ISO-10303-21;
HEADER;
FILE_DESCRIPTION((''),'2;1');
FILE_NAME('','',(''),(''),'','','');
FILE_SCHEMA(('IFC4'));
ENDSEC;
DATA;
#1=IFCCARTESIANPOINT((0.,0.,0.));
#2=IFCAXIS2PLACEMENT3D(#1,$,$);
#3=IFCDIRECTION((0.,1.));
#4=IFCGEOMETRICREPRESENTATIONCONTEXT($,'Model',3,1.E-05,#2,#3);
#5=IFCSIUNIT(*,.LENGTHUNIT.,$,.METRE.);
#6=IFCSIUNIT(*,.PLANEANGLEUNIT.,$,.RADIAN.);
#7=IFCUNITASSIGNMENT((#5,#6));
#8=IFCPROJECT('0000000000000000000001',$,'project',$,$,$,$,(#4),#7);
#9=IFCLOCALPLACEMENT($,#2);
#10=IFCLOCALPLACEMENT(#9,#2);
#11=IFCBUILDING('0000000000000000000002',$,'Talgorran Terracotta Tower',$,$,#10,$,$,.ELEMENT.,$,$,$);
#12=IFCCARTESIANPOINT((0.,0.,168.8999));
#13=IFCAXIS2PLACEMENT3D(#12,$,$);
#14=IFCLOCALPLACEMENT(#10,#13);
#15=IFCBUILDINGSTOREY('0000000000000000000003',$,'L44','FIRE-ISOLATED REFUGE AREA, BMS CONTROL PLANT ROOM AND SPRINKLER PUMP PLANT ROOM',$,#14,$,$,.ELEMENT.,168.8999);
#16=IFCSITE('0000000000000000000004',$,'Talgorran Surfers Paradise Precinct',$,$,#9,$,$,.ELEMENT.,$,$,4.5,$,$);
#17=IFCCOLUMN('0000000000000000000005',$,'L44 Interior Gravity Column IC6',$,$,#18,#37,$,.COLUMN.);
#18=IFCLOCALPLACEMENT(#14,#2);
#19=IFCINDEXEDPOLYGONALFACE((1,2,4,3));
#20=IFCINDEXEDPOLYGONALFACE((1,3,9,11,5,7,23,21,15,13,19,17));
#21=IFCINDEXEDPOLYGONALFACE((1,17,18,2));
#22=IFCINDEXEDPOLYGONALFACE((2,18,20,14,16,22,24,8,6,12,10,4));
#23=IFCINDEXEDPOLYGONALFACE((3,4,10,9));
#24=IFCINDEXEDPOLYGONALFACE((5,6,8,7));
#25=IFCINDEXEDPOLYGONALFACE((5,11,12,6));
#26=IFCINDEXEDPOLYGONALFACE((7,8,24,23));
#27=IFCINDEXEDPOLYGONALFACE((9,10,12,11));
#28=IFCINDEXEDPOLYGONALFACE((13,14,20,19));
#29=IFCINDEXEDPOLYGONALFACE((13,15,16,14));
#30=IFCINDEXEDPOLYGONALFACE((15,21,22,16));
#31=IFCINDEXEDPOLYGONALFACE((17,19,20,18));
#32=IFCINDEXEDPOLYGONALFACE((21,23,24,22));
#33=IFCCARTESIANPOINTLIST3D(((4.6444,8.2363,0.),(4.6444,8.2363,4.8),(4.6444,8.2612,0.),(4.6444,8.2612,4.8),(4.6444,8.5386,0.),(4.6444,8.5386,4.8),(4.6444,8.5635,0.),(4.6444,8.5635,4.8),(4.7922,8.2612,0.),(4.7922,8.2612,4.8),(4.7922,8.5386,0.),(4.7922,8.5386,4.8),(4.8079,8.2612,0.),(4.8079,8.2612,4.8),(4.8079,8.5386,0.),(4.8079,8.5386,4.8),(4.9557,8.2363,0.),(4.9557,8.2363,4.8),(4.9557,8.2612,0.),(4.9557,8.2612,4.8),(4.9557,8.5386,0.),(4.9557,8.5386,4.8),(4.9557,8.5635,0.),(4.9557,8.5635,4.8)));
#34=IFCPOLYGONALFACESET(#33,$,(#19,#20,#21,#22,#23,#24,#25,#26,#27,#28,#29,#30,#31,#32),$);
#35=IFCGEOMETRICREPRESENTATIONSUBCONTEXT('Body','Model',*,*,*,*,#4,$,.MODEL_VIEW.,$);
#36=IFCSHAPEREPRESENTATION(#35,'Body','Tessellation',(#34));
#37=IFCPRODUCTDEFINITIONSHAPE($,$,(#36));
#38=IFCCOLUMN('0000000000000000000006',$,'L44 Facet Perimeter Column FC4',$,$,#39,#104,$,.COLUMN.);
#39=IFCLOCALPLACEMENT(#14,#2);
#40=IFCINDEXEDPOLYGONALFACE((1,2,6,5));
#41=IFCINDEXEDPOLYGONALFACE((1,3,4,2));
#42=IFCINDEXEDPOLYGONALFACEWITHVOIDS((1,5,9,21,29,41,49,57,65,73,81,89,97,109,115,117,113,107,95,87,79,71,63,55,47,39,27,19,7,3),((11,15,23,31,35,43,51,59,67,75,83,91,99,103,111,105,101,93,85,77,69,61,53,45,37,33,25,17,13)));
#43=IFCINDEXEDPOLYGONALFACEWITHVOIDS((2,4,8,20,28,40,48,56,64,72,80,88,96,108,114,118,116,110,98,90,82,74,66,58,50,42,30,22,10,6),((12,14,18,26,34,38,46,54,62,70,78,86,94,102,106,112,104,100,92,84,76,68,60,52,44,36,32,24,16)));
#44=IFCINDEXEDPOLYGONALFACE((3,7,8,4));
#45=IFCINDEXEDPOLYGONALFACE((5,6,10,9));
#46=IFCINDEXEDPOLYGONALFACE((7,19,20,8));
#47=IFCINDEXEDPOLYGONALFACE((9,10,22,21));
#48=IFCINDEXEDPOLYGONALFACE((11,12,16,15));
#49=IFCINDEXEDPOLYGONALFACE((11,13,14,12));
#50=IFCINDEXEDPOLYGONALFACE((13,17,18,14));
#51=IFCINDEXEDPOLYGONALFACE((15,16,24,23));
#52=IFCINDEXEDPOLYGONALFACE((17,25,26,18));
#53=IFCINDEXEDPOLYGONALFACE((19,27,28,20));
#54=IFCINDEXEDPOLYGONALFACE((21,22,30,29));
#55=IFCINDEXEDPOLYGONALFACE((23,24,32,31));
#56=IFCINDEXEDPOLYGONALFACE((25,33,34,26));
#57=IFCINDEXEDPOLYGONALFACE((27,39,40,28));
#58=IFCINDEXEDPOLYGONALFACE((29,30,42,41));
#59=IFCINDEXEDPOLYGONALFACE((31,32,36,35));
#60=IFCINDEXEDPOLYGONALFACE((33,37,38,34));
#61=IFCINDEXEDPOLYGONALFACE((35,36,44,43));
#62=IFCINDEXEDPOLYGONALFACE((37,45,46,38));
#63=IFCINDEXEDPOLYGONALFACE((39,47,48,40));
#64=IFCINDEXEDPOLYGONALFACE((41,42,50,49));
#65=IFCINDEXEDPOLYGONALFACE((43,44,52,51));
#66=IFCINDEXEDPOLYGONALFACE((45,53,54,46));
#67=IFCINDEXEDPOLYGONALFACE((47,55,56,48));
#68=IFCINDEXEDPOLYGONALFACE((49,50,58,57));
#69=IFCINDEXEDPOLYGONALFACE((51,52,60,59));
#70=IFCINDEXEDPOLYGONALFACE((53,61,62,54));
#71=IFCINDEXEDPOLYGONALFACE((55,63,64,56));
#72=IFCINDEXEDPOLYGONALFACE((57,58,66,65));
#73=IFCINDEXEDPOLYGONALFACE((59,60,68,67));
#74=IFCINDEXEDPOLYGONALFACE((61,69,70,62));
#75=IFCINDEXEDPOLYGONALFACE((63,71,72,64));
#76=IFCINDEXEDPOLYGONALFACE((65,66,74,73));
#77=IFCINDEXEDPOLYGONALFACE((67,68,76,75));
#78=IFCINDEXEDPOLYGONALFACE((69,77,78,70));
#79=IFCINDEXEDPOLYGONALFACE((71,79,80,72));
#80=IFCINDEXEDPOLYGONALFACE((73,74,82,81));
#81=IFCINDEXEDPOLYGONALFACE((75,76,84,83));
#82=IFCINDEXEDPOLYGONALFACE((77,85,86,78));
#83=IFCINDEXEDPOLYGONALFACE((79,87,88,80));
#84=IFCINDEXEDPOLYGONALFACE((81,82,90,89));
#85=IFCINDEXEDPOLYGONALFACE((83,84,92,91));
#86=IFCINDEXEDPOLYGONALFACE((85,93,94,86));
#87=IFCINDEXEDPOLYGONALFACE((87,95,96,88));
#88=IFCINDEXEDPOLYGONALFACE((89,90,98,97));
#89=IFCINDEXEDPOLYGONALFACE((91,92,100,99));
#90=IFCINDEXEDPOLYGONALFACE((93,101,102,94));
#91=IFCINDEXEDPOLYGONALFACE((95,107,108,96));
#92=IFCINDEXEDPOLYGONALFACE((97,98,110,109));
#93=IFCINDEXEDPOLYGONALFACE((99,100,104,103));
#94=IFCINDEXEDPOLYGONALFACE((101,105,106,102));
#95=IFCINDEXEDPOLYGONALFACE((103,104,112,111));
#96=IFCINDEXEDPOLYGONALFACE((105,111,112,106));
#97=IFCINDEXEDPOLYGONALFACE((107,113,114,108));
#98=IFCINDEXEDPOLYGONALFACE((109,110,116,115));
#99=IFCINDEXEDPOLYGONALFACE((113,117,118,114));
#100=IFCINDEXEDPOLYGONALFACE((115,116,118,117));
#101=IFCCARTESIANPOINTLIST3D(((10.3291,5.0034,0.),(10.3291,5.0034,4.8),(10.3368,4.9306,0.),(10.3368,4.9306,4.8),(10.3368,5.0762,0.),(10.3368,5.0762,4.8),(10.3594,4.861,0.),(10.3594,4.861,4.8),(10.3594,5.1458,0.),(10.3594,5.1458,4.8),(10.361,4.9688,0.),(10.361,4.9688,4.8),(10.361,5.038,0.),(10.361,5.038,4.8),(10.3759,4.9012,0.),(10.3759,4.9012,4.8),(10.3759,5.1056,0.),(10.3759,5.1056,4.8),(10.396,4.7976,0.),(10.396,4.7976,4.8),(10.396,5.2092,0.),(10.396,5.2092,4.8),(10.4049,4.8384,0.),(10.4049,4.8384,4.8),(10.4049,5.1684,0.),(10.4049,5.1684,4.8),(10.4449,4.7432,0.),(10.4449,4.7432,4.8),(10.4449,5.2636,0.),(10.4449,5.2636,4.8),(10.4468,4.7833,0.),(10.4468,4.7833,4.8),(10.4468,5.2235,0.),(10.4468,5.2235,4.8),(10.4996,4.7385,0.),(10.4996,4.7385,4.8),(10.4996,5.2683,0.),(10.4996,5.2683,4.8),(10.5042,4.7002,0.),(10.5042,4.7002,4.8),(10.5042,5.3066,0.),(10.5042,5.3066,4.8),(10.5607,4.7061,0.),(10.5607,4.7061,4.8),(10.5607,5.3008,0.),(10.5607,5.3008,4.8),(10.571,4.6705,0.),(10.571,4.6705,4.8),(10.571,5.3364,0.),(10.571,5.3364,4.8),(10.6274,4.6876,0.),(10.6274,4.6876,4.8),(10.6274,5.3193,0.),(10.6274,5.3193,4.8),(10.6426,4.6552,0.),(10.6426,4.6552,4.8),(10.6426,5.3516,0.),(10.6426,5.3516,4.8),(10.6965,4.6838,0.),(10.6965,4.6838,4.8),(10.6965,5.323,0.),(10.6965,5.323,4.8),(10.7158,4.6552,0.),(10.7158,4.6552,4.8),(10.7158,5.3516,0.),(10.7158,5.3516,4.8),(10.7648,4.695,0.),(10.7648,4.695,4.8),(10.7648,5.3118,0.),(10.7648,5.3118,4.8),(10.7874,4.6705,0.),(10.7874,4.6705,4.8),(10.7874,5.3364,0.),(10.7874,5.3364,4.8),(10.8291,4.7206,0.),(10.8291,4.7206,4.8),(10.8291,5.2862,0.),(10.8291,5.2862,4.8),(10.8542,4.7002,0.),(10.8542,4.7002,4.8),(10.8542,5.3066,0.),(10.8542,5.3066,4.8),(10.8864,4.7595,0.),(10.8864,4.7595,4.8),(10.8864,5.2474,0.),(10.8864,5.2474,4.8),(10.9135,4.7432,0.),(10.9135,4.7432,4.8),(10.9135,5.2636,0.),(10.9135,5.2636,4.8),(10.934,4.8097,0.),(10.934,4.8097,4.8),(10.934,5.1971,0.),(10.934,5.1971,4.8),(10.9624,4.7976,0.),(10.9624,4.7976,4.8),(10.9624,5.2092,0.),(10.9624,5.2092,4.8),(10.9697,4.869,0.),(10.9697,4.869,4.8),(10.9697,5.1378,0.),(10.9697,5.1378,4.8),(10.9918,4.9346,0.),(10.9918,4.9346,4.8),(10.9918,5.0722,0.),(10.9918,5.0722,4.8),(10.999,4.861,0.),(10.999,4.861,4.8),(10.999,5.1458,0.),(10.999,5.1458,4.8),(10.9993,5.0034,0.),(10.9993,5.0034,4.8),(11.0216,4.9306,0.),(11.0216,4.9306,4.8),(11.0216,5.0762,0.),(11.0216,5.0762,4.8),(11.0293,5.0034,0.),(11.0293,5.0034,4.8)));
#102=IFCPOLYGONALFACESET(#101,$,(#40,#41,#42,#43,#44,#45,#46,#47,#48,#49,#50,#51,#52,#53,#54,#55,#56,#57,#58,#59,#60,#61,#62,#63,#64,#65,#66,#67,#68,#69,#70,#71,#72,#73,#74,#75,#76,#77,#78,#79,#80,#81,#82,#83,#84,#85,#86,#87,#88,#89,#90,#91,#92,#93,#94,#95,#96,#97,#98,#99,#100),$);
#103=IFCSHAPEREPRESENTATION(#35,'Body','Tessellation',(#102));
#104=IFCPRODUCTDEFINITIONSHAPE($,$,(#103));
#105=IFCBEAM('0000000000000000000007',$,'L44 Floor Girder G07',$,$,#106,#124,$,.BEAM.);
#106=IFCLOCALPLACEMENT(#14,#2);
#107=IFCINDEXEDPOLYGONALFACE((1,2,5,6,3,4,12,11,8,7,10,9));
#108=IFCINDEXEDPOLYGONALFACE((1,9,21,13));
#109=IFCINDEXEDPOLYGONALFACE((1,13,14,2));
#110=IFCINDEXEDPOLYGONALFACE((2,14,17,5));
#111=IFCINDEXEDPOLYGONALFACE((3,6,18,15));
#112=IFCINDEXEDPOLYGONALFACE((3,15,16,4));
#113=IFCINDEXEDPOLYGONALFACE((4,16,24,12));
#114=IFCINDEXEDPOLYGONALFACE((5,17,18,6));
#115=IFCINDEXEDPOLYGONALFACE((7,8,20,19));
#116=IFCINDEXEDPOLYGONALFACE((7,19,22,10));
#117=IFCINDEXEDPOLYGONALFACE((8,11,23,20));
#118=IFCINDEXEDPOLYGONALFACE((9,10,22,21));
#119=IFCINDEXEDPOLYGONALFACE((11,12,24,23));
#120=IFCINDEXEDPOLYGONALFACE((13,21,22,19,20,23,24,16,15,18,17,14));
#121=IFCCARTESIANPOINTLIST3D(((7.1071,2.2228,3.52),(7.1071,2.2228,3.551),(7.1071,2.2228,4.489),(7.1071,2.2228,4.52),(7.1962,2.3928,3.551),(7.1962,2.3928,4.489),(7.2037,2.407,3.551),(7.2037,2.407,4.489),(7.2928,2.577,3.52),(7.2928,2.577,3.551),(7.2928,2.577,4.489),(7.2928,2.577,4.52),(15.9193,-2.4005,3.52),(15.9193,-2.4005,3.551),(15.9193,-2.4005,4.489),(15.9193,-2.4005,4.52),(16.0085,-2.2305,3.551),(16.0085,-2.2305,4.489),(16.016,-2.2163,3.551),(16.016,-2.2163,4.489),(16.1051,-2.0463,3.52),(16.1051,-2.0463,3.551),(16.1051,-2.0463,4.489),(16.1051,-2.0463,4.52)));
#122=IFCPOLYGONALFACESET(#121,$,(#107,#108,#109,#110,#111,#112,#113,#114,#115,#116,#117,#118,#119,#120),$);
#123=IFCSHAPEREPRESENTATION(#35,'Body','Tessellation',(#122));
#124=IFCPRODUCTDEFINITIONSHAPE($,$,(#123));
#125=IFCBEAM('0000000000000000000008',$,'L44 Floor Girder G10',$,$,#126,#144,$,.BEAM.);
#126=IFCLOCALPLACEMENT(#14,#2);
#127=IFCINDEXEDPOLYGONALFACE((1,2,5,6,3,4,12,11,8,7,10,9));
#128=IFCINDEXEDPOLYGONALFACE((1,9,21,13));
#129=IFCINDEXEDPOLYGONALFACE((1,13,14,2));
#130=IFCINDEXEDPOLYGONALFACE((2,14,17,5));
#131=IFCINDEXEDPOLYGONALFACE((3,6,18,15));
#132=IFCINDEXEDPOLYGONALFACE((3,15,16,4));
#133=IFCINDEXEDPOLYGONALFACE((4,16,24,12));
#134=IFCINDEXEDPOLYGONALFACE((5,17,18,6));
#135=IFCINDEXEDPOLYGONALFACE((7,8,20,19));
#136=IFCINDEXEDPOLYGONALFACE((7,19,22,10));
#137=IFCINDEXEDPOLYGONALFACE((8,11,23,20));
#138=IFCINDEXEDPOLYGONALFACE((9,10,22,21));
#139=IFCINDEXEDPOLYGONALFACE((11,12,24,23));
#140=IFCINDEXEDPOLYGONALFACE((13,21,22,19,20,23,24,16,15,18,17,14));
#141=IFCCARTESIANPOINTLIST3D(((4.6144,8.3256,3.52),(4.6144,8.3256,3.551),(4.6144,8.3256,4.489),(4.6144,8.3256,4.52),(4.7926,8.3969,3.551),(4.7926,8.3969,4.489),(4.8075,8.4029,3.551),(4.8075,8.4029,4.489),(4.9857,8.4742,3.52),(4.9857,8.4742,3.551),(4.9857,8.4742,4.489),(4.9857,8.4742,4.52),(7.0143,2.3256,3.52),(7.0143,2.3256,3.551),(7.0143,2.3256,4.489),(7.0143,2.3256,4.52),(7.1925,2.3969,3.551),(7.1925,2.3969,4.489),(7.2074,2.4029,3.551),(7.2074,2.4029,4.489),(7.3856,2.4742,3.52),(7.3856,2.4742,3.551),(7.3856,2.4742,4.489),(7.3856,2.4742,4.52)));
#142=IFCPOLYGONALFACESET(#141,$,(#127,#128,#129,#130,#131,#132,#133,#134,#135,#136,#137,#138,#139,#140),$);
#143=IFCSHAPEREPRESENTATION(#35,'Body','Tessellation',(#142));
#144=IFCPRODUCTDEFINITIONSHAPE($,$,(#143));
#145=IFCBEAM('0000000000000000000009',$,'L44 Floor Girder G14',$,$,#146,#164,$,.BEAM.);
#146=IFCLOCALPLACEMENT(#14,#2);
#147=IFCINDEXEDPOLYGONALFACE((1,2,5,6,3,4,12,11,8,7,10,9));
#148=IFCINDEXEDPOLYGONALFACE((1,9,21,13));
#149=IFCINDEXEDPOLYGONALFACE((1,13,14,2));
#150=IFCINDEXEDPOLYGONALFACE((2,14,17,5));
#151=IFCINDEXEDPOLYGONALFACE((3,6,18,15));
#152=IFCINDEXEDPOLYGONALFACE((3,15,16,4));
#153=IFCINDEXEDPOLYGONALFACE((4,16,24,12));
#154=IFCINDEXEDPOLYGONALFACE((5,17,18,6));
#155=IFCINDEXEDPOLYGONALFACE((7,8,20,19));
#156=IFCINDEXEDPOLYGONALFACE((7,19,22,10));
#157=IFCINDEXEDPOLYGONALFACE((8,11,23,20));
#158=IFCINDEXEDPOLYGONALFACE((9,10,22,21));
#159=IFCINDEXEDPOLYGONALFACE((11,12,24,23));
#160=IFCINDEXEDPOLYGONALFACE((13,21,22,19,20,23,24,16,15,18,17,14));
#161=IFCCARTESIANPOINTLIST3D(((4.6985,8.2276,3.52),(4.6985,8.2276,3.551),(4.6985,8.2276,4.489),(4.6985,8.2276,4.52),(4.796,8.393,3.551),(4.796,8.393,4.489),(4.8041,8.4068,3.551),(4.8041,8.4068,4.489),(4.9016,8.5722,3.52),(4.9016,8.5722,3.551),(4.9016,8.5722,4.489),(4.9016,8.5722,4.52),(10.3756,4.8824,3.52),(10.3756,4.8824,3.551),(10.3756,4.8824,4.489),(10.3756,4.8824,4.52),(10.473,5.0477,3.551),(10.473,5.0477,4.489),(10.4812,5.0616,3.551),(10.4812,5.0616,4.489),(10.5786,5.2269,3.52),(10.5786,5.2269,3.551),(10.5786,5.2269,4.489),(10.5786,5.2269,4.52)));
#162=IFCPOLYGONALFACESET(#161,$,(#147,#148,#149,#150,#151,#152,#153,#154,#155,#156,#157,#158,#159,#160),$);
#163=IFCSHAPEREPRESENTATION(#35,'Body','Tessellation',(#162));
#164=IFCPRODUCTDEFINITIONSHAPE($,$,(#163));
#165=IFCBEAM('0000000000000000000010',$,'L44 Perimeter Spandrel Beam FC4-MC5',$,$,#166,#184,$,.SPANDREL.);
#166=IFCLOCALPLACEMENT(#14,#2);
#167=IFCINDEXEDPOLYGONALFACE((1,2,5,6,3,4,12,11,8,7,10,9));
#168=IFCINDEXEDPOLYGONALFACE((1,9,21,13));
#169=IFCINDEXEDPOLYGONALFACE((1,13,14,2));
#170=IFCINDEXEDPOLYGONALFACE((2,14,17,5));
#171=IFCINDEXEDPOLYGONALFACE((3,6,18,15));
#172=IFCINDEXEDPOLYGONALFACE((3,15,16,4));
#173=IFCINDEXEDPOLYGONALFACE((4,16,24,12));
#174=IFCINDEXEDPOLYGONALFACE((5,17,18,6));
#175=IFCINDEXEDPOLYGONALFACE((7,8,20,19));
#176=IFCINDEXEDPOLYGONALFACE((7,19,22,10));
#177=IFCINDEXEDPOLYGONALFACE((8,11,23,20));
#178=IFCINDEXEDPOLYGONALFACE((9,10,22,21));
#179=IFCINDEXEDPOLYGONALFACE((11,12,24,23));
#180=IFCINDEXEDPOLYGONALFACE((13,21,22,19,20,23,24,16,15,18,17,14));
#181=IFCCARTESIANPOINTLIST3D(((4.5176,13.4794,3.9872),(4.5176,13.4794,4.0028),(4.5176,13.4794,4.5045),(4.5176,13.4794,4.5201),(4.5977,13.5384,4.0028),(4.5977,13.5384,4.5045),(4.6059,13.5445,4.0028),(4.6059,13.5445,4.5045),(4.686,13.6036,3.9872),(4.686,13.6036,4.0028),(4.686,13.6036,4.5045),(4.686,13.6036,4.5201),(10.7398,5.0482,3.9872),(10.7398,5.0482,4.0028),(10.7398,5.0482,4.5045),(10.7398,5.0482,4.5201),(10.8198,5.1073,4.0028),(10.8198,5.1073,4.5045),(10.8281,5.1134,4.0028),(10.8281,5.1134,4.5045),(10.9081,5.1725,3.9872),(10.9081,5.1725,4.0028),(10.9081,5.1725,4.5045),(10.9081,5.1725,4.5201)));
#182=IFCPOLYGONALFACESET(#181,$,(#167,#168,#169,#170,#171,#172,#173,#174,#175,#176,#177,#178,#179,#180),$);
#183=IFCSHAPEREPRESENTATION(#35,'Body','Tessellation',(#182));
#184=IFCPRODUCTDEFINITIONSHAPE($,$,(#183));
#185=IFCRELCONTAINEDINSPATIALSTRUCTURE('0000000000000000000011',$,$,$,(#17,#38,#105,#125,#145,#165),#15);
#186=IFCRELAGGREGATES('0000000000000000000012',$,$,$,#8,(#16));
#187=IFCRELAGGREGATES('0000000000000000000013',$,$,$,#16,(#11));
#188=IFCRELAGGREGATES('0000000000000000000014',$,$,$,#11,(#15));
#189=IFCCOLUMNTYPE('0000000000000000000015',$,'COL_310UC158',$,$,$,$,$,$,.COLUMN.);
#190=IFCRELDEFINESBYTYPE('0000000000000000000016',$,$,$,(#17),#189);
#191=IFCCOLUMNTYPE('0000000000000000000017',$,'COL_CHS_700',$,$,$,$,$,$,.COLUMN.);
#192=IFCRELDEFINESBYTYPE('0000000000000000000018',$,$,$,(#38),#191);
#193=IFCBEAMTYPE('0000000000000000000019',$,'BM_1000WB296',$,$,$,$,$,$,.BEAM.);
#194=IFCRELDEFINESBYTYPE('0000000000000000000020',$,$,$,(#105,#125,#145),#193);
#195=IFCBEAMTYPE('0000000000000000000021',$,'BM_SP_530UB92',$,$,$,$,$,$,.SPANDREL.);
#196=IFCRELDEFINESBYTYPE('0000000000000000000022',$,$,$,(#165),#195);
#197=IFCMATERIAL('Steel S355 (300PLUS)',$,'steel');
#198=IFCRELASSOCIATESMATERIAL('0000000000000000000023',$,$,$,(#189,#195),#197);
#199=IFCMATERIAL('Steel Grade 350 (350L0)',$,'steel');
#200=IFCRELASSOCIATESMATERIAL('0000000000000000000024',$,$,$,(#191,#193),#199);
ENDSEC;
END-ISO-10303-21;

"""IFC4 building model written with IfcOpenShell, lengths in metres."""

from ifc_helpers import new_model, si_unit, direction, frame, origin, origin_2d, place, context, subcontext, project, spatial, hollow_circle, i_section, extrude, material, material_profile, profile_set, type_object, element, save


model = new_model("IFC4")

# Units and contexts
model_context = context("Model", 3, precision=1e-05, world=origin(), true_north=direction((0.0, 1.0)))
body_context = subcontext(model_context, "Body", "Model", "MODEL_VIEW")
ifc_project = project(units=[si_unit("LENGTHUNIT", "METRE"), si_unit("PLANEANGLEUNIT", "RADIAN")], contexts=[model_context])

# Site, building, storey
site_placement = place(None, origin())
site = spatial("IfcSite", under=ifc_project, at=site_placement, Name="Talgorran Surfers Paradise Precinct", CompositionType="ELEMENT", RefElevation=4.5)
building_placement = place(site_placement, origin())
building = spatial("IfcBuilding", under=site, at=building_placement, Name="Talgorran Terracotta Tower", CompositionType="ELEMENT")
storey_placement = place(building_placement, frame((0.0, 0.0, 168.8999)))
storey = spatial("IfcBuildingStorey", under=building, at=storey_placement, Name="L44", Description="FIRE-ISOLATED REFUGE AREA, BMS CONTROL PLANT ROOM AND SPRINKLER PUMP PLANT ROOM", CompositionType="ELEMENT", Elevation=168.8999)

# Columns
ifc_material_1 = material(Name="Steel S355 (300PLUS)", Category="steel")
ifc_material_profile_1 = material_profile(ifc_material_1, i_section(OverallWidth=0.3113, OverallDepth=0.3271, WebThickness=0.0156, FlangeThickness=0.0249, at=origin_2d()), Name="310UC158")
ifc_profile_set_1 = profile_set([ifc_material_profile_1], Name="Steel S355 (300PLUS)")
column_type_1 = type_object("IfcColumnType", Name="COL_310UC158", PredefinedType="COLUMN", material=ifc_profile_set_1)
column_1_placement = place(storey_placement, frame((4.8, 8.3999, 0.0), z_axis=(0.0, 0.0, 1.0), x_axis=(1.0, 0.0, 0.0)))
element("IfcColumn", 1, at=column_1_placement, inside=storey, type_object=column_type_1, Name="L44 Interior Gravity Column IC6", PredefinedType="COLUMN", context=body_context, shape_type="SweptSolid", body=[
    extrude(i_section(OverallWidth=0.3113, OverallDepth=0.3271, WebThickness=0.0156, FlangeThickness=0.0249, at=origin_2d()), origin(), (0.0, 0.0, 1.0), 4.8),
])
ifc_material_2 = material(Name="Steel Grade 350 (350L0)", Category="steel")
ifc_material_profile_2 = material_profile(ifc_material_2, hollow_circle(Radius=0.3501, WallThickness=0.03, at=origin_2d()), Name="CHS700X30")
ifc_profile_set_2 = profile_set([ifc_material_profile_2], Name="Steel Grade 350 (350L0)")
column_type_2 = type_object("IfcColumnType", Name="COL_CHS_700", PredefinedType="COLUMN", material=ifc_profile_set_2)
column_2_placement = place(storey_placement, frame((10.6792, 5.0034, 0.0), z_axis=(0.0, 0.0, 1.0), x_axis=(1.0, 0.0, 0.0)))
element("IfcColumn", 2, at=column_2_placement, inside=storey, type_object=column_type_2, Name="L44 Facet Perimeter Column FC4", PredefinedType="COLUMN", context=body_context, shape_type="SweptSolid", body=[
    extrude(hollow_circle(Radius=0.3501, WallThickness=0.03, at=origin_2d()), origin(), (0.0, 0.0, 1.0), 4.8),
])

# Beams
ifc_material_profile_3 = material_profile(ifc_material_2, i_section(OverallWidth=0.3999, OverallDepth=1.0, WebThickness=0.0161, FlangeThickness=0.031, at=origin_2d()), Name="1000WB296")
ifc_profile_set_3 = profile_set([ifc_material_profile_3], Name="Steel Grade 350 (350L0)")
beam_type_1 = type_object("IfcBeamType", Name="BM_1000WB296", PredefinedType="BEAM", material=ifc_profile_set_3)
beam_1_placement = place(storey_placement, frame((7.2, 2.3999, 4.02), z_axis=(0.885528, -0.464586, 0.0), x_axis=(0.464586, 0.885528, 0.0)))
element("IfcBeam", 3, at=beam_1_placement, inside=storey, type_object=beam_type_1, Name="L44 Floor Girder G07", PredefinedType="BEAM", context=body_context, shape_type="SweptSolid", body=[
    extrude(i_section(OverallWidth=0.3999, OverallDepth=1.0, WebThickness=0.0161, FlangeThickness=0.031, at=origin_2d()), origin(), (0.0, 0.0, 1.0), 9.9514),
])
beam_2_placement = place(storey_placement, frame((7.2, 2.3999, 4.02), z_axis=(-0.371378, 0.928482, 0.0), x_axis=(-0.928482, -0.371378, 0.0)))
element("IfcBeam", 4, at=beam_2_placement, inside=storey, type_object=beam_type_1, Name="L44 Floor Girder G10", PredefinedType="BEAM", context=body_context, shape_type="SweptSolid", body=[
    extrude(i_section(OverallWidth=0.3999, OverallDepth=1.0, WebThickness=0.0161, FlangeThickness=0.031, at=origin_2d()), origin(), (0.0, 0.0, 1.0), 6.4622),
])
beam_3_placement = place(storey_placement, frame((4.8, 8.3999, 4.02), z_axis=(0.861549, -0.507674, 0.0), x_axis=(0.507674, 0.861549, 0.0)))
element("IfcBeam", 5, at=beam_3_placement, inside=storey, type_object=beam_type_1, Name="L44 Floor Girder G14", PredefinedType="BEAM", context=body_context, shape_type="SweptSolid", body=[
    extrude(i_section(OverallWidth=0.3999, OverallDepth=1.0, WebThickness=0.0161, FlangeThickness=0.031, at=origin_2d()), origin(), (0.0, 0.0, 1.0), 6.5894),
])
ifc_material_profile_4 = material_profile(ifc_material_1, i_section(OverallWidth=0.2092, OverallDepth=0.533, WebThickness=0.0103, FlangeThickness=0.0156, at=origin_2d()), Name="530UB92.4")
ifc_profile_set_4 = profile_set([ifc_material_profile_4], Name="Steel S355 (300PLUS)")
beam_type_2 = type_object("IfcBeamType", Name="BM_SP_530UB92", PredefinedType="SPANDREL", material=ifc_profile_set_4)
beam_4_placement = place(storey_placement, frame((10.824, 5.1104, 4.2537), z_axis=(-0.593801, 0.804612, 0.0), x_axis=(-0.804612, -0.593801, 0.0)))
element("IfcBeam", 6, at=beam_4_placement, inside=storey, type_object=beam_type_2, Name="L44 Perimeter Spandrel Beam FC4-MC5", PredefinedType="SPANDREL", context=body_context, shape_type="SweptSolid", body=[
    extrude(i_section(OverallWidth=0.2092, OverallDepth=0.533, WebThickness=0.0103, FlangeThickness=0.0156, at=origin_2d()), origin(), (0.0, 0.0, 1.0), 10.4785),
])

save(model, "model.ifc")
